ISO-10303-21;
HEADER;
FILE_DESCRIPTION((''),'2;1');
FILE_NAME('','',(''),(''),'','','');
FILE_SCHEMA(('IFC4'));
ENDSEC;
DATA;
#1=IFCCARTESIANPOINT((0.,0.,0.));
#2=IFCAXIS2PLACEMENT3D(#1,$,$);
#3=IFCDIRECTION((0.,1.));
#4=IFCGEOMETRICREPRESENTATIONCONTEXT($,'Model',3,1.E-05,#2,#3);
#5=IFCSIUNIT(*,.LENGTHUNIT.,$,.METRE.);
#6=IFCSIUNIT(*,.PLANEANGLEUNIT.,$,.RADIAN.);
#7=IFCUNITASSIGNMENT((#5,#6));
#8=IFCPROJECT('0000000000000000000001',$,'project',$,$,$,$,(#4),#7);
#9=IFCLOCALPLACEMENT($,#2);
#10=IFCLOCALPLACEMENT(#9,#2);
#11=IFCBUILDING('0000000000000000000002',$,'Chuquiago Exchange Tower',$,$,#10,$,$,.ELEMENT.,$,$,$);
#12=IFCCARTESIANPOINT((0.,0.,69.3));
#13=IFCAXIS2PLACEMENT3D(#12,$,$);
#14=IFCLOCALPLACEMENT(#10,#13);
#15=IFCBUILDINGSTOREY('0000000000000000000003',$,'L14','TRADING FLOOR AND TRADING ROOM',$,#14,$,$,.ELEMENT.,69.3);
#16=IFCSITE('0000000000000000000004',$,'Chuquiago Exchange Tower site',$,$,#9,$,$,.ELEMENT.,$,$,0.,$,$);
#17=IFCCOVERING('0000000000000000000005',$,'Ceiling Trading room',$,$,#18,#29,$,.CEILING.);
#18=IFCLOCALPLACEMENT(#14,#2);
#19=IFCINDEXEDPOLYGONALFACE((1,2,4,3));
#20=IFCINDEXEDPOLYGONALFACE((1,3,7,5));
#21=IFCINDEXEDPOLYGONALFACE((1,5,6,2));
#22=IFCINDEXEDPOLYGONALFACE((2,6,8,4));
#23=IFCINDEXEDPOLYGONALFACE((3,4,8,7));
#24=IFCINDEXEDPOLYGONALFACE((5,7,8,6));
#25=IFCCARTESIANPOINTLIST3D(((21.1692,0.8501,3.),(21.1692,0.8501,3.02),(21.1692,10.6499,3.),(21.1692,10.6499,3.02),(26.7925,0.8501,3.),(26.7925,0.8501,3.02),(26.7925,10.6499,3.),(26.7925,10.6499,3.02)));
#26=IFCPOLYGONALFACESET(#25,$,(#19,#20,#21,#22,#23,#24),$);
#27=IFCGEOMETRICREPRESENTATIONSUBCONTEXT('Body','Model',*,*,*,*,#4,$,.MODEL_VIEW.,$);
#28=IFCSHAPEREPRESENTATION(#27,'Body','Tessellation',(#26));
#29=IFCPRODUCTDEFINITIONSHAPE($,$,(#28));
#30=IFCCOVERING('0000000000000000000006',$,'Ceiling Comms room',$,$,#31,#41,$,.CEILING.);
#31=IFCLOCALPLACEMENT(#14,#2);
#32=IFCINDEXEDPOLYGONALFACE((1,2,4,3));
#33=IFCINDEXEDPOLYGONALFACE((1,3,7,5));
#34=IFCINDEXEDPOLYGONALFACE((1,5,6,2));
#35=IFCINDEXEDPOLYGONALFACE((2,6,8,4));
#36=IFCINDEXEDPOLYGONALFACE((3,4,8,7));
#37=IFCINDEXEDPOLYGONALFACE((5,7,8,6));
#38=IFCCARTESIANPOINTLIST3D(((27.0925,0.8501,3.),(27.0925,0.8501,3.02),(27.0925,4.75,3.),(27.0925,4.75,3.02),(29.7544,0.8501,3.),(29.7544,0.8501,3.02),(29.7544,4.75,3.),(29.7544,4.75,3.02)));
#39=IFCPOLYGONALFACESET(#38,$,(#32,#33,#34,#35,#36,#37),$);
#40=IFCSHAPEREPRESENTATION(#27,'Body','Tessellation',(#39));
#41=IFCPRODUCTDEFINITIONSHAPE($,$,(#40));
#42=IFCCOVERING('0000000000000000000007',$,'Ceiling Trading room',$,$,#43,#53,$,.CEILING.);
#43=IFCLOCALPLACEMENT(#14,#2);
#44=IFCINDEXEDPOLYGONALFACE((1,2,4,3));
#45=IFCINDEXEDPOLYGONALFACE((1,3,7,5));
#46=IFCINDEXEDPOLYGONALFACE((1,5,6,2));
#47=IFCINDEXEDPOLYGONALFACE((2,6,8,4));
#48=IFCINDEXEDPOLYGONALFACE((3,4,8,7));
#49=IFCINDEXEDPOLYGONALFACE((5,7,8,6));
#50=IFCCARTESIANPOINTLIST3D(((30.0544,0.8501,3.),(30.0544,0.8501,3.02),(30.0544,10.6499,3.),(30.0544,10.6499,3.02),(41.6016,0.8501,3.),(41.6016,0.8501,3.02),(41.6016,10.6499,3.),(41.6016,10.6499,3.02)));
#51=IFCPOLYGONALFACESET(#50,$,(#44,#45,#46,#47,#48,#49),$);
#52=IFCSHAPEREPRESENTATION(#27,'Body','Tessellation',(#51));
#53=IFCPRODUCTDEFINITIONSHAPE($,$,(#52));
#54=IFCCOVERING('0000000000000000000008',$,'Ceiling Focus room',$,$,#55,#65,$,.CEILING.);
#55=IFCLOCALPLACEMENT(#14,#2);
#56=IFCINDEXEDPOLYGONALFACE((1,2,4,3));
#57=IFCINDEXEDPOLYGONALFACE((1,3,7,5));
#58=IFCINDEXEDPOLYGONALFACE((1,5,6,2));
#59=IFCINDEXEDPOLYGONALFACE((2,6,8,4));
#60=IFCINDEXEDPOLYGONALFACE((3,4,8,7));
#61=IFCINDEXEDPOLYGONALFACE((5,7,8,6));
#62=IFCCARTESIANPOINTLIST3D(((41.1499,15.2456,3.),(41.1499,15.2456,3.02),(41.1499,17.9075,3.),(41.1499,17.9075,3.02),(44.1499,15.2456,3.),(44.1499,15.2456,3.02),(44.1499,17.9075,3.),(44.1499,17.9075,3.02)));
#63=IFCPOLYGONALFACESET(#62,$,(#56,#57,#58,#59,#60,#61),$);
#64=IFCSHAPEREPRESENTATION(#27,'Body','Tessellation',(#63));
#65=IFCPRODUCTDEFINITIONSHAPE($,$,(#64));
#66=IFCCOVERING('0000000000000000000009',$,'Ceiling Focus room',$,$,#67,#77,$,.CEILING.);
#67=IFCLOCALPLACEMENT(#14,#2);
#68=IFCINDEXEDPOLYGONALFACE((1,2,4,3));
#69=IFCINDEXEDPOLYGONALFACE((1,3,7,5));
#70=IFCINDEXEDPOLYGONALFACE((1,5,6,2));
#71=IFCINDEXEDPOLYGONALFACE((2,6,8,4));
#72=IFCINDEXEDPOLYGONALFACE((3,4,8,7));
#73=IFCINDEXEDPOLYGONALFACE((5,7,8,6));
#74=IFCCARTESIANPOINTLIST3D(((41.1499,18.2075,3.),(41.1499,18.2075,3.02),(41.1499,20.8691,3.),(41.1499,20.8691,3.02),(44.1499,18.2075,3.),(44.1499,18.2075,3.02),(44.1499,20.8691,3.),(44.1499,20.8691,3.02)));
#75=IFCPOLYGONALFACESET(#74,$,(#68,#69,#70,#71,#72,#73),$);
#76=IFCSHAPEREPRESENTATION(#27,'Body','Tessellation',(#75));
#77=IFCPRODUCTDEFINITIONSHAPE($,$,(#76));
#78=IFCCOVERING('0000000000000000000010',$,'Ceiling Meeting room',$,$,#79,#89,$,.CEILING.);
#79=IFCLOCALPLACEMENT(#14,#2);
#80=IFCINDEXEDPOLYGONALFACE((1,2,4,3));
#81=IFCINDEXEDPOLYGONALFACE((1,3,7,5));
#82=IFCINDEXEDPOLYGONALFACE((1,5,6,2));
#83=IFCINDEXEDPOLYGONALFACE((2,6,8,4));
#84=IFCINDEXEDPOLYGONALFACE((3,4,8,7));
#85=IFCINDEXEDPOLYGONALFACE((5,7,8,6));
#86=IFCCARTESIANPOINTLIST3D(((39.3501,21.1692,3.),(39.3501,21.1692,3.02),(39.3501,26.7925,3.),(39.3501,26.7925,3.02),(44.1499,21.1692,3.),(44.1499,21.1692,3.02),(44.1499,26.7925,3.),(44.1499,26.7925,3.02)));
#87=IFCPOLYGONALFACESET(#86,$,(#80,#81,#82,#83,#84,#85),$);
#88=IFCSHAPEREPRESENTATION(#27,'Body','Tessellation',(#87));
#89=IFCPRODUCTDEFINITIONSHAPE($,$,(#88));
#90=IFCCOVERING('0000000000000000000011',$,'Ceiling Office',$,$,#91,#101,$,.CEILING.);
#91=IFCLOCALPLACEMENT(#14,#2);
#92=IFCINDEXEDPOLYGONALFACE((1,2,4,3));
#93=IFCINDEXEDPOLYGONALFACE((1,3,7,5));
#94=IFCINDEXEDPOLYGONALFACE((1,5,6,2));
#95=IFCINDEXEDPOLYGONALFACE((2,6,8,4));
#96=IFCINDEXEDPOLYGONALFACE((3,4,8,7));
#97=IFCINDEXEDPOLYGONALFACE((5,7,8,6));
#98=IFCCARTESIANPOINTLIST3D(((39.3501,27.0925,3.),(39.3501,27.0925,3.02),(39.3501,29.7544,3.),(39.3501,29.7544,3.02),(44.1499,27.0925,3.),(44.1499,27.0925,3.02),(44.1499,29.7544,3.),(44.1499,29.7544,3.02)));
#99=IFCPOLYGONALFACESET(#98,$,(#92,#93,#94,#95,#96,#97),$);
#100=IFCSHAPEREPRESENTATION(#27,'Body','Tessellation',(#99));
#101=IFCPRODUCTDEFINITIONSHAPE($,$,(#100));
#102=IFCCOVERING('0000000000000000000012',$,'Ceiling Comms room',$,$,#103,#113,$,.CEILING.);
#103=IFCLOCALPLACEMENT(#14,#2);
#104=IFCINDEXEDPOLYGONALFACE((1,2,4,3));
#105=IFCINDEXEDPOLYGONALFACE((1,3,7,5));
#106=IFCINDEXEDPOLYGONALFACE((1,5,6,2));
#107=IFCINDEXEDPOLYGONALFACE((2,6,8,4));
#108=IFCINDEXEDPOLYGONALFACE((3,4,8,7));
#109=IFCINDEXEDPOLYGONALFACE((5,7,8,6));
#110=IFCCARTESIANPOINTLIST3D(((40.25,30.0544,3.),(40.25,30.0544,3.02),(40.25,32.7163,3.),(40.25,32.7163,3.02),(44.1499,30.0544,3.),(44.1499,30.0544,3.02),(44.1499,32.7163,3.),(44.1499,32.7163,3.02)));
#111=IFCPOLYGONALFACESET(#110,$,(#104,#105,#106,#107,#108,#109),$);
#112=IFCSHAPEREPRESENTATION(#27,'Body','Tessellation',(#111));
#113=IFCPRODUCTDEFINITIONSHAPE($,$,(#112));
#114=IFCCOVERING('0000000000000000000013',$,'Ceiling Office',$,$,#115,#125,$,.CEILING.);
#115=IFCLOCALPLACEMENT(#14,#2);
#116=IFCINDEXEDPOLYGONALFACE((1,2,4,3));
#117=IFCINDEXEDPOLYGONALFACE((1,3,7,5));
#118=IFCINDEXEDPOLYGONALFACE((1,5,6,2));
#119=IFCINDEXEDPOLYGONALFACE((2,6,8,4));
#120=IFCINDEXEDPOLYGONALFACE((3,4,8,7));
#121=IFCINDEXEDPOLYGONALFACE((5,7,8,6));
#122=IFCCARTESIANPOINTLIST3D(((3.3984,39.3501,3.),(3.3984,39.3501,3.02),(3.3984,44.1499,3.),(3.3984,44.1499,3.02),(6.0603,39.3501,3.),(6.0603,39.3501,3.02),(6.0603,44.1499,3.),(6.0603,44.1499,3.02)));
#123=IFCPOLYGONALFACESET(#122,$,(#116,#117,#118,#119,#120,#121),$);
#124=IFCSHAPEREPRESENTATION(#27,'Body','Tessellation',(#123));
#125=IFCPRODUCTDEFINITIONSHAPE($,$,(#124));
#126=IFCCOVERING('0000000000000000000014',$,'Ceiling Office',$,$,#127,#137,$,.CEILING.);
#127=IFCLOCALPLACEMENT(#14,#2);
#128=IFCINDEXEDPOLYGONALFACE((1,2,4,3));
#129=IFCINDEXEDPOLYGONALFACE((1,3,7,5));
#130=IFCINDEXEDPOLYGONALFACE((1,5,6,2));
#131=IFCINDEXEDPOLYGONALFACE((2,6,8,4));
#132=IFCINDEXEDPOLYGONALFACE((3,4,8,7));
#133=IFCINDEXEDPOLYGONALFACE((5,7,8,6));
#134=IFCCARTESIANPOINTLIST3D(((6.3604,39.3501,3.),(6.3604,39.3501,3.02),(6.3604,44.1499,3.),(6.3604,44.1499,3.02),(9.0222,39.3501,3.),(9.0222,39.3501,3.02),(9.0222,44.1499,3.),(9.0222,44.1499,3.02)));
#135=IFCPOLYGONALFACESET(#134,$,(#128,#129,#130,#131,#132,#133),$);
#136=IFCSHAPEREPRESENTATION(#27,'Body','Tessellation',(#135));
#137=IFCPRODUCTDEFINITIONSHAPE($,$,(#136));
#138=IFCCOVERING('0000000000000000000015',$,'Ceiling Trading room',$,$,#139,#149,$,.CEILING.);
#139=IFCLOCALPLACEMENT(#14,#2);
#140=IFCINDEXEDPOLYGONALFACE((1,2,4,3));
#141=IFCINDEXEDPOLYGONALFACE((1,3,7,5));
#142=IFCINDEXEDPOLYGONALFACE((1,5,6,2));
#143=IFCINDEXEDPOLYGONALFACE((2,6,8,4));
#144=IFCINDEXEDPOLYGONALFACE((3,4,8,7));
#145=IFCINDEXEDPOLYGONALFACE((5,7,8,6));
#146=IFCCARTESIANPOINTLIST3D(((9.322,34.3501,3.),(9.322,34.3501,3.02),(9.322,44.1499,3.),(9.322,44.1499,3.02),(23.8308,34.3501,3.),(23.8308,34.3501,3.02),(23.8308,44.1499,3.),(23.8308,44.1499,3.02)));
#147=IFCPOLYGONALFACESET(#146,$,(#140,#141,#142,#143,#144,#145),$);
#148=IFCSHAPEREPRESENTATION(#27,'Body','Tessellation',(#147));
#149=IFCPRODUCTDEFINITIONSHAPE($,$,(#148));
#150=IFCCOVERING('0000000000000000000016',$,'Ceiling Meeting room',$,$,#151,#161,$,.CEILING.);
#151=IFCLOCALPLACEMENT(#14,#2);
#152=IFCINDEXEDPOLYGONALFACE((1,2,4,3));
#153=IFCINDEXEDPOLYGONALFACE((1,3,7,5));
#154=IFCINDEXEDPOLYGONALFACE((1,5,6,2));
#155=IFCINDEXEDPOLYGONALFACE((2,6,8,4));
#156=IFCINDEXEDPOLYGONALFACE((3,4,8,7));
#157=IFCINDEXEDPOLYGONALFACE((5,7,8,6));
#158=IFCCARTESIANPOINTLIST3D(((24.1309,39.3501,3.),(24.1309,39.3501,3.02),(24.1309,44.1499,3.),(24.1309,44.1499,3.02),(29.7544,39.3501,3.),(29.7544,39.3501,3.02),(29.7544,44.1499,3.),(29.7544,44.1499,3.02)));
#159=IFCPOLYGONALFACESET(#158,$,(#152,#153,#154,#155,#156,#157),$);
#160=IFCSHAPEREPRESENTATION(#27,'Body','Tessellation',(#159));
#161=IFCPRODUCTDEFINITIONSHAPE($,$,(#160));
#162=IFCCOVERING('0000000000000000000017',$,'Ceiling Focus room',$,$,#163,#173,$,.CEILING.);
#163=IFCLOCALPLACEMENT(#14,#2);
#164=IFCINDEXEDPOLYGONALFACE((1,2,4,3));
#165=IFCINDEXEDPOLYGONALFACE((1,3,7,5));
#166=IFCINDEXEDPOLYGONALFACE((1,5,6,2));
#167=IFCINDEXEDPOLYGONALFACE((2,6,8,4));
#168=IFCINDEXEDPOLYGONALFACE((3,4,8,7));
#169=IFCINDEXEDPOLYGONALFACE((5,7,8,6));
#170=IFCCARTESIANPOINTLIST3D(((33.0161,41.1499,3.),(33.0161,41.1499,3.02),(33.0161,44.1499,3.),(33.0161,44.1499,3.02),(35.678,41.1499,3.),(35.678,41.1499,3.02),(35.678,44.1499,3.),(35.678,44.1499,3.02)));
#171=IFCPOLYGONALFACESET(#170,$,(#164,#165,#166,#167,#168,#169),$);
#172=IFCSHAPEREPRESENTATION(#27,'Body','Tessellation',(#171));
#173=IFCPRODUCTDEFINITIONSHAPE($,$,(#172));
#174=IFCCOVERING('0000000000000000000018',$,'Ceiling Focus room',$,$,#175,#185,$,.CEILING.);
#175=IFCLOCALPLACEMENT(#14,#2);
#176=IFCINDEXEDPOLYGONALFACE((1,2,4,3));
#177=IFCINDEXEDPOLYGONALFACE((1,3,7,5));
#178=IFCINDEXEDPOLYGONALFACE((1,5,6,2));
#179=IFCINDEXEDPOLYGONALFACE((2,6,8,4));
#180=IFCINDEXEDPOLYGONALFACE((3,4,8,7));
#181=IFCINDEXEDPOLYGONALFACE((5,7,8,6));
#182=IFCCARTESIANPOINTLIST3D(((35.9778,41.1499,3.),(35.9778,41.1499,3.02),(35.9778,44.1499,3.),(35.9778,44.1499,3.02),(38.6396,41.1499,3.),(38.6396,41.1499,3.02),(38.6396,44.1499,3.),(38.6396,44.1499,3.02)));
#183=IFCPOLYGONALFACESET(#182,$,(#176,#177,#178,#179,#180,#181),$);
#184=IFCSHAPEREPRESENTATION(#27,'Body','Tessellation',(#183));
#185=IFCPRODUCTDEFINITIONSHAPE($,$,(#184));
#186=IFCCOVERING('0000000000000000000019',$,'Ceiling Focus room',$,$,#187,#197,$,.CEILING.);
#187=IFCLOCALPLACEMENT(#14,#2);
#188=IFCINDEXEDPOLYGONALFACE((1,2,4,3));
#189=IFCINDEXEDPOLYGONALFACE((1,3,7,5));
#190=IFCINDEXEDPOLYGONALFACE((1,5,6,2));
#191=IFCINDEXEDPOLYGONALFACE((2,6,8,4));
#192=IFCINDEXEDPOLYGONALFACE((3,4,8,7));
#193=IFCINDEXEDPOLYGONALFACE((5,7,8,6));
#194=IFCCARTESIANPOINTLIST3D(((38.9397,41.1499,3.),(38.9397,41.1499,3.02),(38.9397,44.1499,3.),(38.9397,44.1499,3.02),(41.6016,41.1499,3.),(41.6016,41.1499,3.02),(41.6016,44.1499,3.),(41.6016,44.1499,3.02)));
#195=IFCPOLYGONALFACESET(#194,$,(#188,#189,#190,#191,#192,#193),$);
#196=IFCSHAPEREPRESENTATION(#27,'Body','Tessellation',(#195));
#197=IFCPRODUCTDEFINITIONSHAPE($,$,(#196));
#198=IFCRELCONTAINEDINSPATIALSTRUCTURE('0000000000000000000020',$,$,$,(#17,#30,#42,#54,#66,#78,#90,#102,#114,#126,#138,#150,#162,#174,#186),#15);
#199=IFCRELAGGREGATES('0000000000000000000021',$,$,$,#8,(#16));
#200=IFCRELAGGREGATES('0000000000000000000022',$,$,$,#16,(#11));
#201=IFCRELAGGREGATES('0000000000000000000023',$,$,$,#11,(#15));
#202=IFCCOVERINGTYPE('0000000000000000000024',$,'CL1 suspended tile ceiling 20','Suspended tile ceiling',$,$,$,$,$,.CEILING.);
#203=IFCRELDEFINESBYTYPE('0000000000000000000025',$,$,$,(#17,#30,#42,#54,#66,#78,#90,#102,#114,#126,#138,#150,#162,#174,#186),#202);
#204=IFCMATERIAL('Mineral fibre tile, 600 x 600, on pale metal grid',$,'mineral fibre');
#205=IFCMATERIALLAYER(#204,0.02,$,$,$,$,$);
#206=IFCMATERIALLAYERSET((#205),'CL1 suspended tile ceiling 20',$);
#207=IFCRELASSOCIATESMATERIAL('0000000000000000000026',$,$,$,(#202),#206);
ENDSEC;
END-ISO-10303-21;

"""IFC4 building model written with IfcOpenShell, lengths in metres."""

from ifc_helpers import new_model, si_unit, direction, frame, origin, place, context, subcontext, project, spatial, polyline, outline, extrude, material, layer, layer_set, type_object, element, save


model = new_model("IFC4")

# Units and contexts
model_context = context("Model", 3, precision=1e-05, world=origin(), true_north=direction((0.0, 1.0)))
body_context = subcontext(model_context, "Body", "Model", "MODEL_VIEW")
ifc_project = project(units=[si_unit("LENGTHUNIT", "METRE"), si_unit("PLANEANGLEUNIT", "RADIAN")], contexts=[model_context])

# Site, building, storey
site_placement = place(None, origin())
site = spatial("IfcSite", under=ifc_project, at=site_placement, Name="Chuquiago Exchange Tower site", CompositionType="ELEMENT", RefElevation=0.0)
building_placement = place(site_placement, origin())
building = spatial("IfcBuilding", under=site, at=building_placement, Name="Chuquiago Exchange Tower", CompositionType="ELEMENT")
storey_placement = place(building_placement, frame((0.0, 0.0, 69.3)))
storey = spatial("IfcBuildingStorey", under=building, at=storey_placement, Name="L14", Description="TRADING FLOOR AND TRADING ROOM", CompositionType="ELEMENT", Elevation=69.3)

# Coverings
ifc_material_1 = material(Name="Mineral fibre tile, 600 x 600, on pale metal grid", Category="mineral fibre")
ifc_layer_1 = layer(ifc_material_1, 0.02)
ifc_layer_set_1 = layer_set([ifc_layer_1], Name="CL1 suspended tile ceiling 20")
covering_type_1 = type_object("IfcCoveringType", Name="CL1 suspended tile ceiling 20", Description="Suspended tile ceiling", PredefinedType="CEILING", material=ifc_layer_set_1)
covering_1_placement = place(storey_placement, frame((0.0, 0.0, 3.0)))
element("IfcCovering", 1, at=covering_1_placement, inside=storey, type_object=covering_type_1, Name="Ceiling Trading room", PredefinedType="CEILING", context=body_context, shape_type="SweptSolid", body=[
    extrude(outline(polyline([(21.1692, 10.6499), (26.7925, 10.6499), (26.7925, 0.8501), (21.1692, 0.8501), (21.1692, 10.6499)])), origin(), (0.0, 0.0, 1.0), 0.02),
])
covering_2_placement = place(storey_placement, frame((0.0, 0.0, 3.0)))
element("IfcCovering", 2, at=covering_2_placement, inside=storey, type_object=covering_type_1, Name="Ceiling Comms room", PredefinedType="CEILING", context=body_context, shape_type="SweptSolid", body=[
    extrude(outline(polyline([(27.0925, 4.75), (29.7544, 4.75), (29.7544, 0.8501), (27.0925, 0.8501), (27.0925, 4.75)])), origin(), (0.0, 0.0, 1.0), 0.02),
])
covering_3_placement = place(storey_placement, frame((0.0, 0.0, 3.0)))
element("IfcCovering", 3, at=covering_3_placement, inside=storey, type_object=covering_type_1, Name="Ceiling Trading room", PredefinedType="CEILING", context=body_context, shape_type="SweptSolid", body=[
    extrude(outline(polyline([(30.0544, 0.8501), (30.0544, 10.6499), (41.6016, 10.6499), (41.6016, 0.8501), (30.0544, 0.8501)])), origin(), (0.0, 0.0, 1.0), 0.02),
])
covering_4_placement = place(storey_placement, frame((0.0, 0.0, 3.0)))
element("IfcCovering", 4, at=covering_4_placement, inside=storey, type_object=covering_type_1, Name="Ceiling Focus room", PredefinedType="CEILING", context=body_context, shape_type="SweptSolid", body=[
    extrude(outline(polyline([(41.1499, 15.2456), (41.1499, 17.9075), (44.1499, 17.9075), (44.1499, 15.2456), (41.1499, 15.2456)])), origin(), (0.0, 0.0, 1.0), 0.02),
])
covering_5_placement = place(storey_placement, frame((0.0, 0.0, 3.0)))
element("IfcCovering", 5, at=covering_5_placement, inside=storey, type_object=covering_type_1, Name="Ceiling Focus room", PredefinedType="CEILING", context=body_context, shape_type="SweptSolid", body=[
    extrude(outline(polyline([(41.1499, 18.2075), (41.1499, 20.8691), (44.1499, 20.8691), (44.1499, 18.2075), (41.1499, 18.2075)])), origin(), (0.0, 0.0, 1.0), 0.02),
])
covering_6_placement = place(storey_placement, frame((0.0, 0.0, 3.0)))
element("IfcCovering", 6, at=covering_6_placement, inside=storey, type_object=covering_type_1, Name="Ceiling Meeting room", PredefinedType="CEILING", context=body_context, shape_type="SweptSolid", body=[
    extrude(outline(polyline([(39.3501, 21.1692), (39.3501, 26.7925), (44.1499, 26.7925), (44.1499, 21.1692), (39.3501, 21.1692)])), origin(), (0.0, 0.0, 1.0), 0.02),
])
covering_7_placement = place(storey_placement, frame((0.0, 0.0, 3.0)))
element("IfcCovering", 7, at=covering_7_placement, inside=storey, type_object=covering_type_1, Name="Ceiling Office", PredefinedType="CEILING", context=body_context, shape_type="SweptSolid", body=[
    extrude(outline(polyline([(39.3501, 27.0925), (39.3501, 29.7544), (44.1499, 29.7544), (44.1499, 27.0925), (39.3501, 27.0925)])), origin(), (0.0, 0.0, 1.0), 0.02),
])
covering_8_placement = place(storey_placement, frame((0.0, 0.0, 3.0)))
element("IfcCovering", 8, at=covering_8_placement, inside=storey, type_object=covering_type_1, Name="Ceiling Comms room", PredefinedType="CEILING", context=body_context, shape_type="SweptSolid", body=[
    extrude(outline(polyline([(40.25, 30.0544), (40.25, 32.7163), (44.1499, 32.7163), (44.1499, 30.0544), (40.25, 30.0544)])), origin(), (0.0, 0.0, 1.0), 0.02),
])
covering_9_placement = place(storey_placement, frame((0.0, 0.0, 3.0)))
element("IfcCovering", 9, at=covering_9_placement, inside=storey, type_object=covering_type_1, Name="Ceiling Office", PredefinedType="CEILING", context=body_context, shape_type="SweptSolid", body=[
    extrude(outline(polyline([(6.0603, 44.1499), (6.0603, 39.3501), (3.3984, 39.3501), (3.3984, 44.1499), (6.0603, 44.1499)])), origin(), (0.0, 0.0, 1.0), 0.02),
])
covering_10_placement = place(storey_placement, frame((0.0, 0.0, 3.0)))
element("IfcCovering", 10, at=covering_10_placement, inside=storey, type_object=covering_type_1, Name="Ceiling Office", PredefinedType="CEILING", context=body_context, shape_type="SweptSolid", body=[
    extrude(outline(polyline([(9.0222, 39.3501), (6.3604, 39.3501), (6.3604, 44.1499), (9.0222, 44.1499), (9.0222, 39.3501)])), origin(), (0.0, 0.0, 1.0), 0.02),
])
covering_11_placement = place(storey_placement, frame((0.0, 0.0, 3.0)))
element("IfcCovering", 11, at=covering_11_placement, inside=storey, type_object=covering_type_1, Name="Ceiling Trading room", PredefinedType="CEILING", context=body_context, shape_type="SweptSolid", body=[
    extrude(outline(polyline([(23.8308, 34.3501), (9.322, 34.3501), (9.322, 44.1499), (23.8308, 44.1499), (23.8308, 34.3501)])), origin(), (0.0, 0.0, 1.0), 0.02),
])
covering_12_placement = place(storey_placement, frame((0.0, 0.0, 3.0)))
element("IfcCovering", 12, at=covering_12_placement, inside=storey, type_object=covering_type_1, Name="Ceiling Meeting room", PredefinedType="CEILING", context=body_context, shape_type="SweptSolid", body=[
    extrude(outline(polyline([(29.7544, 39.3501), (24.1309, 39.3501), (24.1309, 44.1499), (29.7544, 44.1499), (29.7544, 39.3501)])), origin(), (0.0, 0.0, 1.0), 0.02),
])
covering_13_placement = place(storey_placement, frame((0.0, 0.0, 3.0)))
element("IfcCovering", 13, at=covering_13_placement, inside=storey, type_object=covering_type_1, Name="Ceiling Focus room", PredefinedType="CEILING", context=body_context, shape_type="SweptSolid", body=[
    extrude(outline(polyline([(35.678, 41.1499), (33.0161, 41.1499), (33.0161, 44.1499), (35.678, 44.1499), (35.678, 41.1499)])), origin(), (0.0, 0.0, 1.0), 0.02),
])
covering_14_placement = place(storey_placement, frame((0.0, 0.0, 3.0)))
element("IfcCovering", 14, at=covering_14_placement, inside=storey, type_object=covering_type_1, Name="Ceiling Focus room", PredefinedType="CEILING", context=body_context, shape_type="SweptSolid", body=[
    extrude(outline(polyline([(38.6396, 41.1499), (35.9778, 41.1499), (35.9778, 44.1499), (38.6396, 44.1499), (38.6396, 41.1499)])), origin(), (0.0, 0.0, 1.0), 0.02),
])
covering_15_placement = place(storey_placement, frame((0.0, 0.0, 3.0)))
element("IfcCovering", 15, at=covering_15_placement, inside=storey, type_object=covering_type_1, Name="Ceiling Focus room", PredefinedType="CEILING", context=body_context, shape_type="SweptSolid", body=[
    extrude(outline(polyline([(41.6016, 41.1499), (38.9397, 41.1499), (38.9397, 44.1499), (41.6016, 44.1499), (41.6016, 41.1499)])), origin(), (0.0, 0.0, 1.0), 0.02),
])

save(model, "model.ifc")
